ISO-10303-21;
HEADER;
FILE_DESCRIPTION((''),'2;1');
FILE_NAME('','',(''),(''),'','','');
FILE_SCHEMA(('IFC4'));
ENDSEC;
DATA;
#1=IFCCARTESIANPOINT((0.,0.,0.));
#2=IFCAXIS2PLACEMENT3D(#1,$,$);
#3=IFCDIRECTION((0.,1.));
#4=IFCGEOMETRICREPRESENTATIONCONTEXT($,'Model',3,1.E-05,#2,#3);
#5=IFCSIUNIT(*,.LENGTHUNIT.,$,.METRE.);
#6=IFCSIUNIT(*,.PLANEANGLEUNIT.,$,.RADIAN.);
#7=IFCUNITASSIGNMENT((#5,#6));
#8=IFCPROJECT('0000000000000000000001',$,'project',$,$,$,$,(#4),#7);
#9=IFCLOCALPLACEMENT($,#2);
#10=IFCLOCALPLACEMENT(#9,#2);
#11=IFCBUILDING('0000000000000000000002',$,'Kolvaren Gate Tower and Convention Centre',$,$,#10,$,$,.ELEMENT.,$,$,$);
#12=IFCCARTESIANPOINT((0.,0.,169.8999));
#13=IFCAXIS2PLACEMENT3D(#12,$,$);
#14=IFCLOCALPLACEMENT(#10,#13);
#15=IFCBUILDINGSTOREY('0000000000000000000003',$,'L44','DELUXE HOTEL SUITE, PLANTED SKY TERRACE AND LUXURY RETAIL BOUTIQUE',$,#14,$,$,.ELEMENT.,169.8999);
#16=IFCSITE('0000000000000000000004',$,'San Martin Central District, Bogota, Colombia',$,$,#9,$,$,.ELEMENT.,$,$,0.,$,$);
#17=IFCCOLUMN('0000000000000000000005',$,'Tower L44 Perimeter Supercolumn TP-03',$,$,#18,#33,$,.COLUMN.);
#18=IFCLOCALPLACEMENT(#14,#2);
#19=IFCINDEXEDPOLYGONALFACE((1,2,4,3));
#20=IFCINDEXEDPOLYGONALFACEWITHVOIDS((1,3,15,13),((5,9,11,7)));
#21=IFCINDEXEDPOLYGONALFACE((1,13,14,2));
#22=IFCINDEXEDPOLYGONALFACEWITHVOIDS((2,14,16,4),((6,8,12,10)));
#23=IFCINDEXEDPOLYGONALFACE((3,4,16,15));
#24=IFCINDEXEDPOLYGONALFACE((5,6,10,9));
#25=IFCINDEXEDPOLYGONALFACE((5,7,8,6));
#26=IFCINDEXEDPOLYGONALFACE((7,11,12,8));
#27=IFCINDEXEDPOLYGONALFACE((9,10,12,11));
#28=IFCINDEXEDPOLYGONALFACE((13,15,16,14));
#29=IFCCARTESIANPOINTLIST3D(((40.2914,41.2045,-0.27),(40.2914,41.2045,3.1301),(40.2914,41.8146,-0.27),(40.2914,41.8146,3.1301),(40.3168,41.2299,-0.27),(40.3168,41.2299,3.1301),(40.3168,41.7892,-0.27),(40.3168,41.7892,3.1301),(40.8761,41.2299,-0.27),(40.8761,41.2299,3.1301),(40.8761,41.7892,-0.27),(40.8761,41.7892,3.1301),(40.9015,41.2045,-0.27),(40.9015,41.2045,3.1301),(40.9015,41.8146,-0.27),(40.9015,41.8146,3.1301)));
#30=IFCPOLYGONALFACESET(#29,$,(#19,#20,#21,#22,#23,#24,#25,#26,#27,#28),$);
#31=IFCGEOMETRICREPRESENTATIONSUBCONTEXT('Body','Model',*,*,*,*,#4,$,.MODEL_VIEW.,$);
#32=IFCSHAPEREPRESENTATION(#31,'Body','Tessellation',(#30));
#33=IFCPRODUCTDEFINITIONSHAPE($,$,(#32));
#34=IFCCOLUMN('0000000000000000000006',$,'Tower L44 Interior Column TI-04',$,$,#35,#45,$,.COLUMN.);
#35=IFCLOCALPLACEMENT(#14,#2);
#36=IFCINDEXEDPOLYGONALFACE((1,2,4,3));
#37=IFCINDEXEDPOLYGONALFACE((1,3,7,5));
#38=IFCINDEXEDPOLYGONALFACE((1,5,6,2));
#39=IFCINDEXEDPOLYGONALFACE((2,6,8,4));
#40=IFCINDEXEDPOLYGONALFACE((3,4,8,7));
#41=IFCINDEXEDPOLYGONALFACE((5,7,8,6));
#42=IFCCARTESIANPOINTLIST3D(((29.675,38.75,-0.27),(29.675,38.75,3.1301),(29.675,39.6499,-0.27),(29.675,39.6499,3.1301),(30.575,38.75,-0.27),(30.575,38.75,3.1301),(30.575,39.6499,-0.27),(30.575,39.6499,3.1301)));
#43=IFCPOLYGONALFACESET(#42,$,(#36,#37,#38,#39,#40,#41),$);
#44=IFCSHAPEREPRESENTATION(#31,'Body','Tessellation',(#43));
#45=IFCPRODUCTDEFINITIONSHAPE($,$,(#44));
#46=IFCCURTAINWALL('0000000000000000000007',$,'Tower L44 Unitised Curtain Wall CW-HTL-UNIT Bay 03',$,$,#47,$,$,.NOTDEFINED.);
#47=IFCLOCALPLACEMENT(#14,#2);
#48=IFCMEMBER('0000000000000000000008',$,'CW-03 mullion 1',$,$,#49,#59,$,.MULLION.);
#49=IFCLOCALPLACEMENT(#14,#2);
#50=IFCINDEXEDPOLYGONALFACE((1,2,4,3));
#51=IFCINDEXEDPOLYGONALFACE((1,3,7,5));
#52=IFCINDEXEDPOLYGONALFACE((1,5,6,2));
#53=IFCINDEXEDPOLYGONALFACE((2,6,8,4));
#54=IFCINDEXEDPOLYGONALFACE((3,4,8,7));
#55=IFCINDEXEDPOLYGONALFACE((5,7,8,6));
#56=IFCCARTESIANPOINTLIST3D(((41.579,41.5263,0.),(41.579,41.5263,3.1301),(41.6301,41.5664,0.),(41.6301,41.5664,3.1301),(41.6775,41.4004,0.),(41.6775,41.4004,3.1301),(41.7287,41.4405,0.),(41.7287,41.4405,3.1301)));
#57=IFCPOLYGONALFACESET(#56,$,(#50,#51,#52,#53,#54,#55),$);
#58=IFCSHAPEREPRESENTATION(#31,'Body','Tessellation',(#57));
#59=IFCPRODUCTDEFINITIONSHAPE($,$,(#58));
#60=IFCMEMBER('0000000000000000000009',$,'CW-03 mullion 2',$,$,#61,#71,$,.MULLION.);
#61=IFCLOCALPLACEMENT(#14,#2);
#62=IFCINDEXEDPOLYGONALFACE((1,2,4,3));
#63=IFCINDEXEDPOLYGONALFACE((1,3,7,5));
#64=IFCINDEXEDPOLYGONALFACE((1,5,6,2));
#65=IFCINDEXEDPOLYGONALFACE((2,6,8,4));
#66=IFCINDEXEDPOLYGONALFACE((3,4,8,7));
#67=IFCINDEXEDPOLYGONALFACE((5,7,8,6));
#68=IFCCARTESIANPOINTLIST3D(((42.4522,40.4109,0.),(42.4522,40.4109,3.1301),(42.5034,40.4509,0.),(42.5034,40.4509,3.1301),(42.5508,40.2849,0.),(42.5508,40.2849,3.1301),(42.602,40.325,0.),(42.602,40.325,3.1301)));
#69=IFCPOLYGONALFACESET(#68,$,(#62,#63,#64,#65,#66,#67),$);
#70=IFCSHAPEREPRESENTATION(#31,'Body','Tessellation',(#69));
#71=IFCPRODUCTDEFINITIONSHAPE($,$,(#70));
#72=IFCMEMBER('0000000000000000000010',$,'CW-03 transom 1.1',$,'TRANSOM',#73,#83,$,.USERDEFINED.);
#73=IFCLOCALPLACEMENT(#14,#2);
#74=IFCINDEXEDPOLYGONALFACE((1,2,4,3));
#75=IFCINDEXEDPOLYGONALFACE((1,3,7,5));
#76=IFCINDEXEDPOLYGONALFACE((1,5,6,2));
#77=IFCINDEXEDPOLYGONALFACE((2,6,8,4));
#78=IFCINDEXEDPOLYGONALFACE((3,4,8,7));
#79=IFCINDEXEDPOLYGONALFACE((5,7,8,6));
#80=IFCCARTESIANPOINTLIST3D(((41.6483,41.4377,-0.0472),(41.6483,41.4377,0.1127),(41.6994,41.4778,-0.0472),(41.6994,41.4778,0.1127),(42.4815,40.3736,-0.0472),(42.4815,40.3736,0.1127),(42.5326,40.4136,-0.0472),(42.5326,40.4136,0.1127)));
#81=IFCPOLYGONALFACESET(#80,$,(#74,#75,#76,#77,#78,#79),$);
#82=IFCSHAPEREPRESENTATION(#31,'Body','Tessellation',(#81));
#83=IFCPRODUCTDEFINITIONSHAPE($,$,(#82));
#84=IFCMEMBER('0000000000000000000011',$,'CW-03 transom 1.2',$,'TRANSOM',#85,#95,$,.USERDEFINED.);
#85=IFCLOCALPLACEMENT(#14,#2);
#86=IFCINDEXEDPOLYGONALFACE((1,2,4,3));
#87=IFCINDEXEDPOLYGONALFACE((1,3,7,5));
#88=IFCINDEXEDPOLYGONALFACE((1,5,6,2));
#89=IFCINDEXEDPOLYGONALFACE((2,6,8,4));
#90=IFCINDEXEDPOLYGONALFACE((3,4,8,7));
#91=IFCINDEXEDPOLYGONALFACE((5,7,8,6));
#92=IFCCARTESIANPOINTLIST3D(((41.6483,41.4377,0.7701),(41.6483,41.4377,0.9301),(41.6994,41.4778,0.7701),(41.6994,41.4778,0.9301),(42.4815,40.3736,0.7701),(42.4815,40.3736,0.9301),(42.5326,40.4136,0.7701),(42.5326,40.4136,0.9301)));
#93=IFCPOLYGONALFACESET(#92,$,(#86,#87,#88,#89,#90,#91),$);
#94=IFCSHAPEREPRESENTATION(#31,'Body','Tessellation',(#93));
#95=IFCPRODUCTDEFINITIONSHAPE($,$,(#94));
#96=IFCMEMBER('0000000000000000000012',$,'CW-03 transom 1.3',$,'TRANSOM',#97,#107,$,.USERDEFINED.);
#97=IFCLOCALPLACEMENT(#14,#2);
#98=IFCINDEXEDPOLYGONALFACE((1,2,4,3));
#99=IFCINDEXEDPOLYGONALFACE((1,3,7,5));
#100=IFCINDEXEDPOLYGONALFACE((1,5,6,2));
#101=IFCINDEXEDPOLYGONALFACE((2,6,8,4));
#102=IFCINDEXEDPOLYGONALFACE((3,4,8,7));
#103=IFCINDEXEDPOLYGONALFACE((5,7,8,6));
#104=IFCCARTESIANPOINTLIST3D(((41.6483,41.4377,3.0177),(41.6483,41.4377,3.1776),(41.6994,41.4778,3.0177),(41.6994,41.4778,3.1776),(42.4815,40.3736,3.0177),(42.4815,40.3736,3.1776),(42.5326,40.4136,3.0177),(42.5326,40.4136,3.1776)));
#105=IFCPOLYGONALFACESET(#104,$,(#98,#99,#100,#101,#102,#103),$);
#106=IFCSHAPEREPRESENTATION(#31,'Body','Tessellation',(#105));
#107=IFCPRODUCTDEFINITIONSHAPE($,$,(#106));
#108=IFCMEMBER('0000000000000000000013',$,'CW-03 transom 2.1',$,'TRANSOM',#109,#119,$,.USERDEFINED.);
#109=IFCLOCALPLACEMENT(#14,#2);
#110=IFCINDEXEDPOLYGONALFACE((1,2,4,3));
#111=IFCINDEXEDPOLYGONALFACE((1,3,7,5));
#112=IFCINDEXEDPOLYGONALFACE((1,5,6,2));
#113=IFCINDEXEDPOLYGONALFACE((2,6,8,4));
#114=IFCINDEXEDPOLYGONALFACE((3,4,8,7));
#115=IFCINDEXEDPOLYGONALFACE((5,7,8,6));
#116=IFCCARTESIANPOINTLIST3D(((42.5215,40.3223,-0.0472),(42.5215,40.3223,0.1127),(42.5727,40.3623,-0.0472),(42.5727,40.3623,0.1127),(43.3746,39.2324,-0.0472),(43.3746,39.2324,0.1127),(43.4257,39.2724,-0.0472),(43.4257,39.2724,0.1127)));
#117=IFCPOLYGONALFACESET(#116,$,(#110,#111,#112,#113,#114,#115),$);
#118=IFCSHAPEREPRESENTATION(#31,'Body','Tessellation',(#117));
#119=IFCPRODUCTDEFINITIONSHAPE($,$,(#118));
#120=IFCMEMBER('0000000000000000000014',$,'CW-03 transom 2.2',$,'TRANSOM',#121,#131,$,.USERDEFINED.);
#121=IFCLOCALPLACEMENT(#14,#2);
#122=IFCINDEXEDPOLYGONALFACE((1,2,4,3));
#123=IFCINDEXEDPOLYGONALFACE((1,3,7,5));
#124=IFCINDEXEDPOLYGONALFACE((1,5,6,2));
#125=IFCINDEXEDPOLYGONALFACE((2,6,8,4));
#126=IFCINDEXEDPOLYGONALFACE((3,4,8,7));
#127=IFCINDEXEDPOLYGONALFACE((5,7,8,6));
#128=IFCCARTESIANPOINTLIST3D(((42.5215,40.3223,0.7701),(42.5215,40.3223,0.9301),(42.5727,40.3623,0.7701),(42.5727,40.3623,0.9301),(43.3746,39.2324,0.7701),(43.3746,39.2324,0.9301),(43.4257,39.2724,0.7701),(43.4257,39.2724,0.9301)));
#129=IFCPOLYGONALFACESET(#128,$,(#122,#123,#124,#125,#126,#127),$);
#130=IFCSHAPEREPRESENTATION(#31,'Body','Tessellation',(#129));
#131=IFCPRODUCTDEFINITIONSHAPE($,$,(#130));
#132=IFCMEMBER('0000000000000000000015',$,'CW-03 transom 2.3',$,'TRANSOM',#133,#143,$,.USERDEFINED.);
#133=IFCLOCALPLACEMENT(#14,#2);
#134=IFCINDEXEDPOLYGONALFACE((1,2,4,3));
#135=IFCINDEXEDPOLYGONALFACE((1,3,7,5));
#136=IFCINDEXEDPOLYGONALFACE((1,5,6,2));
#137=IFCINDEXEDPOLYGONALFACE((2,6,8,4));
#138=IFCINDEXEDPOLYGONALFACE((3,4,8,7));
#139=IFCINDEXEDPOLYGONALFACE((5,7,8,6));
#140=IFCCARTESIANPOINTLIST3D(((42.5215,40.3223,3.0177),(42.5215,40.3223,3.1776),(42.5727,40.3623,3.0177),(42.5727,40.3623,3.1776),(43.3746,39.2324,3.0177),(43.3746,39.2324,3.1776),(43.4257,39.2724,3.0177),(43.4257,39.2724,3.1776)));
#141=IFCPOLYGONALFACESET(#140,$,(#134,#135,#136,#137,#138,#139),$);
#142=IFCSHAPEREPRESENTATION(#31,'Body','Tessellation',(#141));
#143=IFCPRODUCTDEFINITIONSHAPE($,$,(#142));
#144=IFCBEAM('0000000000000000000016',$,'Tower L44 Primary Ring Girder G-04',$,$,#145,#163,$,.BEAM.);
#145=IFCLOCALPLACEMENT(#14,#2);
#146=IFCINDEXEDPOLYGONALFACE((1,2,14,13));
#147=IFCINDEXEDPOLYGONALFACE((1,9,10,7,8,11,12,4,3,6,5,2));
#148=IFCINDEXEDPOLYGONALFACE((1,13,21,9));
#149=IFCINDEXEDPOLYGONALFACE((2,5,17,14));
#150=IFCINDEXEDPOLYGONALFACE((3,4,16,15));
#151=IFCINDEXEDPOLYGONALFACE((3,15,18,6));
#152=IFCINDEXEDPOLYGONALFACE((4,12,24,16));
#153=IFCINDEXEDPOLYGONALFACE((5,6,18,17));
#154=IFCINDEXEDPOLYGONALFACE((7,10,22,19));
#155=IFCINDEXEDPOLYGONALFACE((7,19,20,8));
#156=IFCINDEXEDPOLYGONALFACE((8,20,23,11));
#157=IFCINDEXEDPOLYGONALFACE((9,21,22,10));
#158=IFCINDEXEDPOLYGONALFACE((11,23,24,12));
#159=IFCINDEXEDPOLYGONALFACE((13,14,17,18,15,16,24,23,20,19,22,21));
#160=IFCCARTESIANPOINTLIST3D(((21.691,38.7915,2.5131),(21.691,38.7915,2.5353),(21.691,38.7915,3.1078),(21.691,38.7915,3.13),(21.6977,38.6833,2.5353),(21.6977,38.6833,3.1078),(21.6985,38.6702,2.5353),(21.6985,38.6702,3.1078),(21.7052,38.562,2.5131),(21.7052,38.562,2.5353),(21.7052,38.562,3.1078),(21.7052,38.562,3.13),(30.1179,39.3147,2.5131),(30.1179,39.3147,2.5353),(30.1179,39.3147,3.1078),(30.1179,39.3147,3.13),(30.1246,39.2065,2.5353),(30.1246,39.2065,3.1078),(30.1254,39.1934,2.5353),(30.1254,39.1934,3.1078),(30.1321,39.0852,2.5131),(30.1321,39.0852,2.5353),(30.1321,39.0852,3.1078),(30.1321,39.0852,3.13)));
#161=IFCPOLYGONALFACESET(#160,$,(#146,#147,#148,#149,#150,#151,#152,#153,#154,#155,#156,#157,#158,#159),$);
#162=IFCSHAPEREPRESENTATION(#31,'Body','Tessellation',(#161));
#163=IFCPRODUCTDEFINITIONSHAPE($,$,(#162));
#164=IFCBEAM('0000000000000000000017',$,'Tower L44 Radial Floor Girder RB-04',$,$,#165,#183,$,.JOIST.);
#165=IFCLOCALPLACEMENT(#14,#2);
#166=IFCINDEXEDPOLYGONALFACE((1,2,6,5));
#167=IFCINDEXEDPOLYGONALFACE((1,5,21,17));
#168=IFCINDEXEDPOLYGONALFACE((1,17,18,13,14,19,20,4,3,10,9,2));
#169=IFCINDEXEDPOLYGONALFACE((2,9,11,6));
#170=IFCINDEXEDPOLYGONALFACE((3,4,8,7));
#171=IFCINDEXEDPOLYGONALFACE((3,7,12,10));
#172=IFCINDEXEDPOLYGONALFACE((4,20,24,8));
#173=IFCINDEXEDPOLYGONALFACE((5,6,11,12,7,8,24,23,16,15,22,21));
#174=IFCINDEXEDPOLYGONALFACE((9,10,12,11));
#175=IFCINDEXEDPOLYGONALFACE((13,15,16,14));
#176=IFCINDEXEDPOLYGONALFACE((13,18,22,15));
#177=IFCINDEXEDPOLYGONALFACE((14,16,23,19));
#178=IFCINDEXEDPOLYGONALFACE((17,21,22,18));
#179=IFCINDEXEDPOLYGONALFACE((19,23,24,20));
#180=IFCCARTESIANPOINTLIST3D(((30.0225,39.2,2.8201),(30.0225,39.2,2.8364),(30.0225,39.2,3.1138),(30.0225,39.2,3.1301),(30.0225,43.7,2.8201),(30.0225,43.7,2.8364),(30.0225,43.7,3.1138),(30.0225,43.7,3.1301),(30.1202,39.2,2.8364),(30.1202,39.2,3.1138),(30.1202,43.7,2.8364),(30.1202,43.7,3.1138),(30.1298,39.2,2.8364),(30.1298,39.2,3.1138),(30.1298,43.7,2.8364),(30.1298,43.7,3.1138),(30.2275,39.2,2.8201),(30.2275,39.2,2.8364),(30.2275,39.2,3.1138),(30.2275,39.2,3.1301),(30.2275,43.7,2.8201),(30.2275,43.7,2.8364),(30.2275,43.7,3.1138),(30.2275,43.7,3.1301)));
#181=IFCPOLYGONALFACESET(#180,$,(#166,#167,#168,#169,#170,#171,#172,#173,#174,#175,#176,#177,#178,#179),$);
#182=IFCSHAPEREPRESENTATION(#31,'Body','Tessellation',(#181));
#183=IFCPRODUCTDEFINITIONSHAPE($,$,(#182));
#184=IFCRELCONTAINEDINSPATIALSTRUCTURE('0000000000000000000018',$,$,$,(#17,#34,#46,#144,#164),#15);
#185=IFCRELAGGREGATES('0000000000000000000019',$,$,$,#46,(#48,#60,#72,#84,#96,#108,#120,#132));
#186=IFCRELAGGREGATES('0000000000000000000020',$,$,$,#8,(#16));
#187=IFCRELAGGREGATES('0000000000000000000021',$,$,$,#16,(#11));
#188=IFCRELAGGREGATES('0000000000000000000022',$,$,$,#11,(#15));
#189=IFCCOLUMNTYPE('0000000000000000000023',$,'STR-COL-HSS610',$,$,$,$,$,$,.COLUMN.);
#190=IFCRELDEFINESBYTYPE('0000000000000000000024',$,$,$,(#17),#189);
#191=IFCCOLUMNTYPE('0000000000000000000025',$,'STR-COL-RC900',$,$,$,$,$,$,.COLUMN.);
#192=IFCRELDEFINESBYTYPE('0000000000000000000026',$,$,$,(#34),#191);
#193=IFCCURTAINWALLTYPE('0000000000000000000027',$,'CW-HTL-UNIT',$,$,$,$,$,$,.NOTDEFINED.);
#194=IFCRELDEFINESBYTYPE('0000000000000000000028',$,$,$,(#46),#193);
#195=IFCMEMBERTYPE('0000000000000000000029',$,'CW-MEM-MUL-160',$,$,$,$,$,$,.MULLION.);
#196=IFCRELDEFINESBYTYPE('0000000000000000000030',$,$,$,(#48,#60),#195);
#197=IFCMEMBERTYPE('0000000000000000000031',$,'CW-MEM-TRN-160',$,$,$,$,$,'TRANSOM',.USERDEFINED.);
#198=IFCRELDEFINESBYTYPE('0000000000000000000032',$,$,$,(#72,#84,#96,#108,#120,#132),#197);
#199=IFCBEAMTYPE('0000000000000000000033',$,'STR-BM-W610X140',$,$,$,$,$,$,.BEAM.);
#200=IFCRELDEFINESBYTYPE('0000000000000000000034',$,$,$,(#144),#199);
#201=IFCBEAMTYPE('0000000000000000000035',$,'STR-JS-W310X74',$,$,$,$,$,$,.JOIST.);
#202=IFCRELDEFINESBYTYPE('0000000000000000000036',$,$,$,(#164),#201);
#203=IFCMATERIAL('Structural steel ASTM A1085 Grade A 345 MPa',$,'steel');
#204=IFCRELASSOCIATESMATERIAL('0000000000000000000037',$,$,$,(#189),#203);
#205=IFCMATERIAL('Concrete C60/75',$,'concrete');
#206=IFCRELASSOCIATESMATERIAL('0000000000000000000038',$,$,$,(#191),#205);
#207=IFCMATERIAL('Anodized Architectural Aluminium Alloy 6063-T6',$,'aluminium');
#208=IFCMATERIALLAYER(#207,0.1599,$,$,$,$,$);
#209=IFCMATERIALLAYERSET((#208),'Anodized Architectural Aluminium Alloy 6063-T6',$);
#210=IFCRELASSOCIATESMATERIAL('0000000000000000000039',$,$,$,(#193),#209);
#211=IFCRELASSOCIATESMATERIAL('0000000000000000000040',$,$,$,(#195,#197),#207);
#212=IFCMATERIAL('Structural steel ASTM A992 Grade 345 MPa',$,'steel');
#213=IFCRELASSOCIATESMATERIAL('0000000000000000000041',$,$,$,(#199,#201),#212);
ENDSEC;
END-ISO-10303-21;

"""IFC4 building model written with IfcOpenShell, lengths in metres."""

from ifc_helpers import new_model, si_unit, direction, frame, origin, origin_2d, place, context, subcontext, project, spatial, rectangle, hollow_rectangle, i_section, extrude, material, layer, layer_set, material_profile, profile_set, type_object, element, aggregate, save


model = new_model("IFC4")

# Units and contexts
model_context = context("Model", 3, precision=1e-05, world=origin(), true_north=direction((0.0, 1.0)))
body_context = subcontext(model_context, "Body", "Model", "MODEL_VIEW")
ifc_project = project(units=[si_unit("LENGTHUNIT", "METRE"), si_unit("PLANEANGLEUNIT", "RADIAN")], contexts=[model_context])

# Site, building, storey
site_placement = place(None, origin())
site = spatial("IfcSite", under=ifc_project, at=site_placement, Name="San Martin Central District, Bogota, Colombia", CompositionType="ELEMENT", RefElevation=0.0)
building_placement = place(site_placement, origin())
building = spatial("IfcBuilding", under=site, at=building_placement, Name="Kolvaren Gate Tower and Convention Centre", CompositionType="ELEMENT")
storey_placement = place(building_placement, frame((0.0, 0.0, 169.8999)))
storey = spatial("IfcBuildingStorey", under=building, at=storey_placement, Name="L44", Description="DELUXE HOTEL SUITE, PLANTED SKY TERRACE AND LUXURY RETAIL BOUTIQUE", CompositionType="ELEMENT", Elevation=169.8999)

# Columns
ifc_material_1 = material(Name="Structural steel ASTM A1085 Grade A 345 MPa", Category="steel")
ifc_material_profile_1 = material_profile(ifc_material_1, hollow_rectangle(XDim=0.6101, YDim=0.6101, WallThickness=0.0254, at=origin_2d()), Name="HSS610X610X25.4")
ifc_profile_set_1 = profile_set([ifc_material_profile_1], Name="Structural steel ASTM A1085 Grade A 345 MPa")
column_type_1 = type_object("IfcColumnType", Name="STR-COL-HSS610", PredefinedType="COLUMN", material=ifc_profile_set_1)
column_1_placement = place(storey_placement, frame((40.5964, 41.5095, -0.27), z_axis=(0.0, 0.0, 1.0), x_axis=(1.0, 0.0, 0.0)))
element("IfcColumn", 1, at=column_1_placement, inside=storey, type_object=column_type_1, Name="Tower L44 Perimeter Supercolumn TP-03", PredefinedType="COLUMN", context=body_context, shape_type="SweptSolid", body=[
    extrude(hollow_rectangle(XDim=0.6101, YDim=0.6101, WallThickness=0.0254, at=origin_2d()), origin(), (0.0, 0.0, 1.0), 3.4001),
])
ifc_material_2 = material(Name="Concrete C60/75", Category="concrete")
ifc_material_profile_2 = material_profile(ifc_material_2, rectangle(XDim=0.8999, YDim=0.8999, at=origin_2d()), Name="RC-COL-900X900")
ifc_profile_set_2 = profile_set([ifc_material_profile_2], Name="Concrete C60/75")
column_type_2 = type_object("IfcColumnType", Name="STR-COL-RC900", PredefinedType="COLUMN", material=ifc_profile_set_2)
column_2_placement = place(storey_placement, frame((30.125, 39.2, -0.27), z_axis=(0.0, 0.0, 1.0), x_axis=(1.0, 0.0, 0.0)))
element("IfcColumn", 2, at=column_2_placement, inside=storey, type_object=column_type_2, Name="Tower L44 Interior Column TI-04", PredefinedType="COLUMN", context=body_context, shape_type="SweptSolid", body=[
    extrude(rectangle(XDim=0.8999, YDim=0.8999, at=origin_2d()), origin(), (0.0, 0.0, 1.0), 3.4001),
])

# Curtain wall, members
ifc_material_3 = material(Name="Anodized Architectural Aluminium Alloy 6063-T6", Category="aluminium")
ifc_layer_1 = layer(ifc_material_3, 0.1599)
ifc_layer_set_1 = layer_set([ifc_layer_1], Name="Anodized Architectural Aluminium Alloy 6063-T6")
curtain_wall_type = type_object("IfcCurtainWallType", Name="CW-HTL-UNIT", PredefinedType="NOTDEFINED", material=ifc_layer_set_1)
curtain_wall_placement = place(storey_placement, origin())
curtain_wall = element("IfcCurtainWall", 3, at=curtain_wall_placement, inside=storey, type_object=curtain_wall_type, Name="Tower L44 Unitised Curtain Wall CW-HTL-UNIT Bay 03", PredefinedType="NOTDEFINED")
ifc_material_profile_3 = material_profile(ifc_material_3, rectangle(XDim=0.0649, YDim=0.1599, at=origin_2d()), Name="CW-MEM-MUL-160")
ifc_profile_set_3 = profile_set([ifc_material_profile_3], Name="Anodized Architectural Aluminium Alloy 6063-T6")
member_type_1 = type_object("IfcMemberType", Name="CW-MEM-MUL-160", PredefinedType="MULLION", material=ifc_profile_set_3)
member_1_placement = place(storey_placement, frame((41.6538, 41.4834, 0.0), z_axis=(0.0, 0.0, 1.0), x_axis=(0.787404, 0.616438, 0.0)))
member_1 = element("IfcMember", 4, at=member_1_placement, type_object=member_type_1, Name="CW-03 mullion 1", PredefinedType="MULLION", context=body_context, shape_type="SweptSolid", body=[
    extrude(rectangle(XDim=0.0649, YDim=0.1599, at=origin_2d()), origin(), (0.0, 0.0, 1.0), 3.1301),
])
member_2_placement = place(storey_placement, frame((42.5271, 40.3679, 0.0), z_axis=(0.0, 0.0, 1.0), x_axis=(0.787404, 0.616438, 0.0)))
member_2 = element("IfcMember", 5, at=member_2_placement, type_object=member_type_1, Name="CW-03 mullion 2", PredefinedType="MULLION", context=body_context, shape_type="SweptSolid", body=[
    extrude(rectangle(XDim=0.0649, YDim=0.1599, at=origin_2d()), origin(), (0.0, 0.0, 1.0), 3.1301),
])
ifc_material_profile_4 = material_profile(ifc_material_3, rectangle(XDim=0.0649, YDim=0.1599, at=origin_2d()), Name="CW-MEM-TRN-160")
ifc_profile_set_4 = profile_set([ifc_material_profile_4], Name="Anodized Architectural Aluminium Alloy 6063-T6")
member_type_2 = type_object("IfcMemberType", Name="CW-MEM-TRN-160", ElementType="TRANSOM", PredefinedType="USERDEFINED", material=ifc_profile_set_4)
member_3_placement = place(storey_placement, frame((41.6738, 41.4578, 0.0327), z_axis=(0.616488, -0.787364, 0.0), x_axis=(0.787364, 0.616488, 0.0)))
member_3 = element("IfcMember", 6, at=member_3_placement, type_object=member_type_2, Name="CW-03 transom 1.1", ObjectType="TRANSOM", PredefinedType="USERDEFINED", context=body_context, shape_type="SweptSolid", body=[
    extrude(rectangle(XDim=0.0649, YDim=0.1599, at=origin_2d()), origin(), (0.0, 0.0, 1.0), 1.3516),
])
member_4_placement = place(storey_placement, frame((41.6738, 41.4578, 0.8501), z_axis=(0.616488, -0.787364, 0.0), x_axis=(0.787364, 0.616488, 0.0)))
member_4 = element("IfcMember", 7, at=member_4_placement, type_object=member_type_2, Name="CW-03 transom 1.2", ObjectType="TRANSOM", PredefinedType="USERDEFINED", context=body_context, shape_type="SweptSolid", body=[
    extrude(rectangle(XDim=0.0649, YDim=0.1599, at=origin_2d()), origin(), (0.0, 0.0, 1.0), 1.3516),
])
member_5_placement = place(storey_placement, frame((41.6738, 41.4578, 3.0977), z_axis=(0.616488, -0.787364, 0.0), x_axis=(0.787364, 0.616488, 0.0)))
member_5 = element("IfcMember", 8, at=member_5_placement, type_object=member_type_2, Name="CW-03 transom 1.3", ObjectType="TRANSOM", PredefinedType="USERDEFINED", context=body_context, shape_type="SweptSolid", body=[
    extrude(rectangle(XDim=0.0649, YDim=0.1599, at=origin_2d()), origin(), (0.0, 0.0, 1.0), 1.3516),
])
member_6_placement = place(storey_placement, frame((42.5471, 40.3423, 0.0327), z_axis=(0.616356, -0.787468, 0.0), x_axis=(0.787468, 0.616356, 0.0)))
member_6 = element("IfcMember", 9, at=member_6_placement, type_object=member_type_2, Name="CW-03 transom 2.1", ObjectType="TRANSOM", PredefinedType="USERDEFINED", context=body_context, shape_type="SweptSolid", body=[
    extrude(rectangle(XDim=0.0649, YDim=0.1599, at=origin_2d()), origin(), (0.0, 0.0, 1.0), 1.384),
])
member_7_placement = place(storey_placement, frame((42.5471, 40.3423, 0.8501), z_axis=(0.616356, -0.787468, 0.0), x_axis=(0.787468, 0.616356, 0.0)))
member_7 = element("IfcMember", 10, at=member_7_placement, type_object=member_type_2, Name="CW-03 transom 2.2", ObjectType="TRANSOM", PredefinedType="USERDEFINED", context=body_context, shape_type="SweptSolid", body=[
    extrude(rectangle(XDim=0.0649, YDim=0.1599, at=origin_2d()), origin(), (0.0, 0.0, 1.0), 1.384),
])
member_8_placement = place(storey_placement, frame((42.5471, 40.3423, 3.0977), z_axis=(0.616356, -0.787468, 0.0), x_axis=(0.787468, 0.616356, 0.0)))
member_8 = element("IfcMember", 11, at=member_8_placement, type_object=member_type_2, Name="CW-03 transom 2.3", ObjectType="TRANSOM", PredefinedType="USERDEFINED", context=body_context, shape_type="SweptSolid", body=[
    extrude(rectangle(XDim=0.0649, YDim=0.1599, at=origin_2d()), origin(), (0.0, 0.0, 1.0), 1.384),
])

# Beams
ifc_material_4 = material(Name="Structural steel ASTM A992 Grade 345 MPa", Category="steel")
ifc_material_profile_5 = material_profile(ifc_material_4, i_section(OverallWidth=0.23, OverallDepth=0.6169, WebThickness=0.0132, FlangeThickness=0.0222, at=origin_2d()), Name="W610X140")
ifc_profile_set_5 = profile_set([ifc_material_profile_5], Name="Structural steel ASTM A992 Grade 345 MPa")
beam_type_1 = type_object("IfcBeamType", Name="STR-BM-W610X140", PredefinedType="BEAM", material=ifc_profile_set_5)
beam_1_placement = place(storey_placement, frame((30.125, 39.2, 2.8215), z_axis=(-0.998078, -0.061966, 0.0), x_axis=(0.061966, -0.998078, 0.0)))
element("IfcBeam", 12, at=beam_1_placement, inside=storey, type_object=beam_type_1, Name="Tower L44 Primary Ring Girder G-04", PredefinedType="BEAM", context=body_context, shape_type="SweptSolid", body=[
    extrude(i_section(OverallWidth=0.23, OverallDepth=0.6169, WebThickness=0.0132, FlangeThickness=0.0222, at=origin_2d()), origin(), (0.0, 0.0, 1.0), 8.4431),
])
ifc_material_profile_6 = material_profile(ifc_material_4, i_section(OverallWidth=0.2051, OverallDepth=0.3101, WebThickness=0.0095, FlangeThickness=0.0164, at=origin_2d()), Name="W310X74")
ifc_profile_set_6 = profile_set([ifc_material_profile_6], Name="Structural steel ASTM A992 Grade 345 MPa")
beam_type_2 = type_object("IfcBeamType", Name="STR-JS-W310X74", PredefinedType="JOIST", material=ifc_profile_set_6)
beam_2_placement = place(storey_placement, frame((30.125, 39.2, 2.9751), z_axis=(0.0, 1.0, 0.0), x_axis=(-1.0, 0.0, 0.0)))
element("IfcBeam", 13, at=beam_2_placement, inside=storey, type_object=beam_type_2, Name="Tower L44 Radial Floor Girder RB-04", PredefinedType="JOIST", context=body_context, shape_type="SweptSolid", body=[
    extrude(i_section(OverallWidth=0.2051, OverallDepth=0.3101, WebThickness=0.0095, FlangeThickness=0.0164, at=origin_2d()), origin(), (0.0, 0.0, 1.0), 4.5),
])

aggregate(curtain_wall, [member_1, member_2, member_3, member_4, member_5, member_6, member_7, member_8])

save(model, "model.ifc")
